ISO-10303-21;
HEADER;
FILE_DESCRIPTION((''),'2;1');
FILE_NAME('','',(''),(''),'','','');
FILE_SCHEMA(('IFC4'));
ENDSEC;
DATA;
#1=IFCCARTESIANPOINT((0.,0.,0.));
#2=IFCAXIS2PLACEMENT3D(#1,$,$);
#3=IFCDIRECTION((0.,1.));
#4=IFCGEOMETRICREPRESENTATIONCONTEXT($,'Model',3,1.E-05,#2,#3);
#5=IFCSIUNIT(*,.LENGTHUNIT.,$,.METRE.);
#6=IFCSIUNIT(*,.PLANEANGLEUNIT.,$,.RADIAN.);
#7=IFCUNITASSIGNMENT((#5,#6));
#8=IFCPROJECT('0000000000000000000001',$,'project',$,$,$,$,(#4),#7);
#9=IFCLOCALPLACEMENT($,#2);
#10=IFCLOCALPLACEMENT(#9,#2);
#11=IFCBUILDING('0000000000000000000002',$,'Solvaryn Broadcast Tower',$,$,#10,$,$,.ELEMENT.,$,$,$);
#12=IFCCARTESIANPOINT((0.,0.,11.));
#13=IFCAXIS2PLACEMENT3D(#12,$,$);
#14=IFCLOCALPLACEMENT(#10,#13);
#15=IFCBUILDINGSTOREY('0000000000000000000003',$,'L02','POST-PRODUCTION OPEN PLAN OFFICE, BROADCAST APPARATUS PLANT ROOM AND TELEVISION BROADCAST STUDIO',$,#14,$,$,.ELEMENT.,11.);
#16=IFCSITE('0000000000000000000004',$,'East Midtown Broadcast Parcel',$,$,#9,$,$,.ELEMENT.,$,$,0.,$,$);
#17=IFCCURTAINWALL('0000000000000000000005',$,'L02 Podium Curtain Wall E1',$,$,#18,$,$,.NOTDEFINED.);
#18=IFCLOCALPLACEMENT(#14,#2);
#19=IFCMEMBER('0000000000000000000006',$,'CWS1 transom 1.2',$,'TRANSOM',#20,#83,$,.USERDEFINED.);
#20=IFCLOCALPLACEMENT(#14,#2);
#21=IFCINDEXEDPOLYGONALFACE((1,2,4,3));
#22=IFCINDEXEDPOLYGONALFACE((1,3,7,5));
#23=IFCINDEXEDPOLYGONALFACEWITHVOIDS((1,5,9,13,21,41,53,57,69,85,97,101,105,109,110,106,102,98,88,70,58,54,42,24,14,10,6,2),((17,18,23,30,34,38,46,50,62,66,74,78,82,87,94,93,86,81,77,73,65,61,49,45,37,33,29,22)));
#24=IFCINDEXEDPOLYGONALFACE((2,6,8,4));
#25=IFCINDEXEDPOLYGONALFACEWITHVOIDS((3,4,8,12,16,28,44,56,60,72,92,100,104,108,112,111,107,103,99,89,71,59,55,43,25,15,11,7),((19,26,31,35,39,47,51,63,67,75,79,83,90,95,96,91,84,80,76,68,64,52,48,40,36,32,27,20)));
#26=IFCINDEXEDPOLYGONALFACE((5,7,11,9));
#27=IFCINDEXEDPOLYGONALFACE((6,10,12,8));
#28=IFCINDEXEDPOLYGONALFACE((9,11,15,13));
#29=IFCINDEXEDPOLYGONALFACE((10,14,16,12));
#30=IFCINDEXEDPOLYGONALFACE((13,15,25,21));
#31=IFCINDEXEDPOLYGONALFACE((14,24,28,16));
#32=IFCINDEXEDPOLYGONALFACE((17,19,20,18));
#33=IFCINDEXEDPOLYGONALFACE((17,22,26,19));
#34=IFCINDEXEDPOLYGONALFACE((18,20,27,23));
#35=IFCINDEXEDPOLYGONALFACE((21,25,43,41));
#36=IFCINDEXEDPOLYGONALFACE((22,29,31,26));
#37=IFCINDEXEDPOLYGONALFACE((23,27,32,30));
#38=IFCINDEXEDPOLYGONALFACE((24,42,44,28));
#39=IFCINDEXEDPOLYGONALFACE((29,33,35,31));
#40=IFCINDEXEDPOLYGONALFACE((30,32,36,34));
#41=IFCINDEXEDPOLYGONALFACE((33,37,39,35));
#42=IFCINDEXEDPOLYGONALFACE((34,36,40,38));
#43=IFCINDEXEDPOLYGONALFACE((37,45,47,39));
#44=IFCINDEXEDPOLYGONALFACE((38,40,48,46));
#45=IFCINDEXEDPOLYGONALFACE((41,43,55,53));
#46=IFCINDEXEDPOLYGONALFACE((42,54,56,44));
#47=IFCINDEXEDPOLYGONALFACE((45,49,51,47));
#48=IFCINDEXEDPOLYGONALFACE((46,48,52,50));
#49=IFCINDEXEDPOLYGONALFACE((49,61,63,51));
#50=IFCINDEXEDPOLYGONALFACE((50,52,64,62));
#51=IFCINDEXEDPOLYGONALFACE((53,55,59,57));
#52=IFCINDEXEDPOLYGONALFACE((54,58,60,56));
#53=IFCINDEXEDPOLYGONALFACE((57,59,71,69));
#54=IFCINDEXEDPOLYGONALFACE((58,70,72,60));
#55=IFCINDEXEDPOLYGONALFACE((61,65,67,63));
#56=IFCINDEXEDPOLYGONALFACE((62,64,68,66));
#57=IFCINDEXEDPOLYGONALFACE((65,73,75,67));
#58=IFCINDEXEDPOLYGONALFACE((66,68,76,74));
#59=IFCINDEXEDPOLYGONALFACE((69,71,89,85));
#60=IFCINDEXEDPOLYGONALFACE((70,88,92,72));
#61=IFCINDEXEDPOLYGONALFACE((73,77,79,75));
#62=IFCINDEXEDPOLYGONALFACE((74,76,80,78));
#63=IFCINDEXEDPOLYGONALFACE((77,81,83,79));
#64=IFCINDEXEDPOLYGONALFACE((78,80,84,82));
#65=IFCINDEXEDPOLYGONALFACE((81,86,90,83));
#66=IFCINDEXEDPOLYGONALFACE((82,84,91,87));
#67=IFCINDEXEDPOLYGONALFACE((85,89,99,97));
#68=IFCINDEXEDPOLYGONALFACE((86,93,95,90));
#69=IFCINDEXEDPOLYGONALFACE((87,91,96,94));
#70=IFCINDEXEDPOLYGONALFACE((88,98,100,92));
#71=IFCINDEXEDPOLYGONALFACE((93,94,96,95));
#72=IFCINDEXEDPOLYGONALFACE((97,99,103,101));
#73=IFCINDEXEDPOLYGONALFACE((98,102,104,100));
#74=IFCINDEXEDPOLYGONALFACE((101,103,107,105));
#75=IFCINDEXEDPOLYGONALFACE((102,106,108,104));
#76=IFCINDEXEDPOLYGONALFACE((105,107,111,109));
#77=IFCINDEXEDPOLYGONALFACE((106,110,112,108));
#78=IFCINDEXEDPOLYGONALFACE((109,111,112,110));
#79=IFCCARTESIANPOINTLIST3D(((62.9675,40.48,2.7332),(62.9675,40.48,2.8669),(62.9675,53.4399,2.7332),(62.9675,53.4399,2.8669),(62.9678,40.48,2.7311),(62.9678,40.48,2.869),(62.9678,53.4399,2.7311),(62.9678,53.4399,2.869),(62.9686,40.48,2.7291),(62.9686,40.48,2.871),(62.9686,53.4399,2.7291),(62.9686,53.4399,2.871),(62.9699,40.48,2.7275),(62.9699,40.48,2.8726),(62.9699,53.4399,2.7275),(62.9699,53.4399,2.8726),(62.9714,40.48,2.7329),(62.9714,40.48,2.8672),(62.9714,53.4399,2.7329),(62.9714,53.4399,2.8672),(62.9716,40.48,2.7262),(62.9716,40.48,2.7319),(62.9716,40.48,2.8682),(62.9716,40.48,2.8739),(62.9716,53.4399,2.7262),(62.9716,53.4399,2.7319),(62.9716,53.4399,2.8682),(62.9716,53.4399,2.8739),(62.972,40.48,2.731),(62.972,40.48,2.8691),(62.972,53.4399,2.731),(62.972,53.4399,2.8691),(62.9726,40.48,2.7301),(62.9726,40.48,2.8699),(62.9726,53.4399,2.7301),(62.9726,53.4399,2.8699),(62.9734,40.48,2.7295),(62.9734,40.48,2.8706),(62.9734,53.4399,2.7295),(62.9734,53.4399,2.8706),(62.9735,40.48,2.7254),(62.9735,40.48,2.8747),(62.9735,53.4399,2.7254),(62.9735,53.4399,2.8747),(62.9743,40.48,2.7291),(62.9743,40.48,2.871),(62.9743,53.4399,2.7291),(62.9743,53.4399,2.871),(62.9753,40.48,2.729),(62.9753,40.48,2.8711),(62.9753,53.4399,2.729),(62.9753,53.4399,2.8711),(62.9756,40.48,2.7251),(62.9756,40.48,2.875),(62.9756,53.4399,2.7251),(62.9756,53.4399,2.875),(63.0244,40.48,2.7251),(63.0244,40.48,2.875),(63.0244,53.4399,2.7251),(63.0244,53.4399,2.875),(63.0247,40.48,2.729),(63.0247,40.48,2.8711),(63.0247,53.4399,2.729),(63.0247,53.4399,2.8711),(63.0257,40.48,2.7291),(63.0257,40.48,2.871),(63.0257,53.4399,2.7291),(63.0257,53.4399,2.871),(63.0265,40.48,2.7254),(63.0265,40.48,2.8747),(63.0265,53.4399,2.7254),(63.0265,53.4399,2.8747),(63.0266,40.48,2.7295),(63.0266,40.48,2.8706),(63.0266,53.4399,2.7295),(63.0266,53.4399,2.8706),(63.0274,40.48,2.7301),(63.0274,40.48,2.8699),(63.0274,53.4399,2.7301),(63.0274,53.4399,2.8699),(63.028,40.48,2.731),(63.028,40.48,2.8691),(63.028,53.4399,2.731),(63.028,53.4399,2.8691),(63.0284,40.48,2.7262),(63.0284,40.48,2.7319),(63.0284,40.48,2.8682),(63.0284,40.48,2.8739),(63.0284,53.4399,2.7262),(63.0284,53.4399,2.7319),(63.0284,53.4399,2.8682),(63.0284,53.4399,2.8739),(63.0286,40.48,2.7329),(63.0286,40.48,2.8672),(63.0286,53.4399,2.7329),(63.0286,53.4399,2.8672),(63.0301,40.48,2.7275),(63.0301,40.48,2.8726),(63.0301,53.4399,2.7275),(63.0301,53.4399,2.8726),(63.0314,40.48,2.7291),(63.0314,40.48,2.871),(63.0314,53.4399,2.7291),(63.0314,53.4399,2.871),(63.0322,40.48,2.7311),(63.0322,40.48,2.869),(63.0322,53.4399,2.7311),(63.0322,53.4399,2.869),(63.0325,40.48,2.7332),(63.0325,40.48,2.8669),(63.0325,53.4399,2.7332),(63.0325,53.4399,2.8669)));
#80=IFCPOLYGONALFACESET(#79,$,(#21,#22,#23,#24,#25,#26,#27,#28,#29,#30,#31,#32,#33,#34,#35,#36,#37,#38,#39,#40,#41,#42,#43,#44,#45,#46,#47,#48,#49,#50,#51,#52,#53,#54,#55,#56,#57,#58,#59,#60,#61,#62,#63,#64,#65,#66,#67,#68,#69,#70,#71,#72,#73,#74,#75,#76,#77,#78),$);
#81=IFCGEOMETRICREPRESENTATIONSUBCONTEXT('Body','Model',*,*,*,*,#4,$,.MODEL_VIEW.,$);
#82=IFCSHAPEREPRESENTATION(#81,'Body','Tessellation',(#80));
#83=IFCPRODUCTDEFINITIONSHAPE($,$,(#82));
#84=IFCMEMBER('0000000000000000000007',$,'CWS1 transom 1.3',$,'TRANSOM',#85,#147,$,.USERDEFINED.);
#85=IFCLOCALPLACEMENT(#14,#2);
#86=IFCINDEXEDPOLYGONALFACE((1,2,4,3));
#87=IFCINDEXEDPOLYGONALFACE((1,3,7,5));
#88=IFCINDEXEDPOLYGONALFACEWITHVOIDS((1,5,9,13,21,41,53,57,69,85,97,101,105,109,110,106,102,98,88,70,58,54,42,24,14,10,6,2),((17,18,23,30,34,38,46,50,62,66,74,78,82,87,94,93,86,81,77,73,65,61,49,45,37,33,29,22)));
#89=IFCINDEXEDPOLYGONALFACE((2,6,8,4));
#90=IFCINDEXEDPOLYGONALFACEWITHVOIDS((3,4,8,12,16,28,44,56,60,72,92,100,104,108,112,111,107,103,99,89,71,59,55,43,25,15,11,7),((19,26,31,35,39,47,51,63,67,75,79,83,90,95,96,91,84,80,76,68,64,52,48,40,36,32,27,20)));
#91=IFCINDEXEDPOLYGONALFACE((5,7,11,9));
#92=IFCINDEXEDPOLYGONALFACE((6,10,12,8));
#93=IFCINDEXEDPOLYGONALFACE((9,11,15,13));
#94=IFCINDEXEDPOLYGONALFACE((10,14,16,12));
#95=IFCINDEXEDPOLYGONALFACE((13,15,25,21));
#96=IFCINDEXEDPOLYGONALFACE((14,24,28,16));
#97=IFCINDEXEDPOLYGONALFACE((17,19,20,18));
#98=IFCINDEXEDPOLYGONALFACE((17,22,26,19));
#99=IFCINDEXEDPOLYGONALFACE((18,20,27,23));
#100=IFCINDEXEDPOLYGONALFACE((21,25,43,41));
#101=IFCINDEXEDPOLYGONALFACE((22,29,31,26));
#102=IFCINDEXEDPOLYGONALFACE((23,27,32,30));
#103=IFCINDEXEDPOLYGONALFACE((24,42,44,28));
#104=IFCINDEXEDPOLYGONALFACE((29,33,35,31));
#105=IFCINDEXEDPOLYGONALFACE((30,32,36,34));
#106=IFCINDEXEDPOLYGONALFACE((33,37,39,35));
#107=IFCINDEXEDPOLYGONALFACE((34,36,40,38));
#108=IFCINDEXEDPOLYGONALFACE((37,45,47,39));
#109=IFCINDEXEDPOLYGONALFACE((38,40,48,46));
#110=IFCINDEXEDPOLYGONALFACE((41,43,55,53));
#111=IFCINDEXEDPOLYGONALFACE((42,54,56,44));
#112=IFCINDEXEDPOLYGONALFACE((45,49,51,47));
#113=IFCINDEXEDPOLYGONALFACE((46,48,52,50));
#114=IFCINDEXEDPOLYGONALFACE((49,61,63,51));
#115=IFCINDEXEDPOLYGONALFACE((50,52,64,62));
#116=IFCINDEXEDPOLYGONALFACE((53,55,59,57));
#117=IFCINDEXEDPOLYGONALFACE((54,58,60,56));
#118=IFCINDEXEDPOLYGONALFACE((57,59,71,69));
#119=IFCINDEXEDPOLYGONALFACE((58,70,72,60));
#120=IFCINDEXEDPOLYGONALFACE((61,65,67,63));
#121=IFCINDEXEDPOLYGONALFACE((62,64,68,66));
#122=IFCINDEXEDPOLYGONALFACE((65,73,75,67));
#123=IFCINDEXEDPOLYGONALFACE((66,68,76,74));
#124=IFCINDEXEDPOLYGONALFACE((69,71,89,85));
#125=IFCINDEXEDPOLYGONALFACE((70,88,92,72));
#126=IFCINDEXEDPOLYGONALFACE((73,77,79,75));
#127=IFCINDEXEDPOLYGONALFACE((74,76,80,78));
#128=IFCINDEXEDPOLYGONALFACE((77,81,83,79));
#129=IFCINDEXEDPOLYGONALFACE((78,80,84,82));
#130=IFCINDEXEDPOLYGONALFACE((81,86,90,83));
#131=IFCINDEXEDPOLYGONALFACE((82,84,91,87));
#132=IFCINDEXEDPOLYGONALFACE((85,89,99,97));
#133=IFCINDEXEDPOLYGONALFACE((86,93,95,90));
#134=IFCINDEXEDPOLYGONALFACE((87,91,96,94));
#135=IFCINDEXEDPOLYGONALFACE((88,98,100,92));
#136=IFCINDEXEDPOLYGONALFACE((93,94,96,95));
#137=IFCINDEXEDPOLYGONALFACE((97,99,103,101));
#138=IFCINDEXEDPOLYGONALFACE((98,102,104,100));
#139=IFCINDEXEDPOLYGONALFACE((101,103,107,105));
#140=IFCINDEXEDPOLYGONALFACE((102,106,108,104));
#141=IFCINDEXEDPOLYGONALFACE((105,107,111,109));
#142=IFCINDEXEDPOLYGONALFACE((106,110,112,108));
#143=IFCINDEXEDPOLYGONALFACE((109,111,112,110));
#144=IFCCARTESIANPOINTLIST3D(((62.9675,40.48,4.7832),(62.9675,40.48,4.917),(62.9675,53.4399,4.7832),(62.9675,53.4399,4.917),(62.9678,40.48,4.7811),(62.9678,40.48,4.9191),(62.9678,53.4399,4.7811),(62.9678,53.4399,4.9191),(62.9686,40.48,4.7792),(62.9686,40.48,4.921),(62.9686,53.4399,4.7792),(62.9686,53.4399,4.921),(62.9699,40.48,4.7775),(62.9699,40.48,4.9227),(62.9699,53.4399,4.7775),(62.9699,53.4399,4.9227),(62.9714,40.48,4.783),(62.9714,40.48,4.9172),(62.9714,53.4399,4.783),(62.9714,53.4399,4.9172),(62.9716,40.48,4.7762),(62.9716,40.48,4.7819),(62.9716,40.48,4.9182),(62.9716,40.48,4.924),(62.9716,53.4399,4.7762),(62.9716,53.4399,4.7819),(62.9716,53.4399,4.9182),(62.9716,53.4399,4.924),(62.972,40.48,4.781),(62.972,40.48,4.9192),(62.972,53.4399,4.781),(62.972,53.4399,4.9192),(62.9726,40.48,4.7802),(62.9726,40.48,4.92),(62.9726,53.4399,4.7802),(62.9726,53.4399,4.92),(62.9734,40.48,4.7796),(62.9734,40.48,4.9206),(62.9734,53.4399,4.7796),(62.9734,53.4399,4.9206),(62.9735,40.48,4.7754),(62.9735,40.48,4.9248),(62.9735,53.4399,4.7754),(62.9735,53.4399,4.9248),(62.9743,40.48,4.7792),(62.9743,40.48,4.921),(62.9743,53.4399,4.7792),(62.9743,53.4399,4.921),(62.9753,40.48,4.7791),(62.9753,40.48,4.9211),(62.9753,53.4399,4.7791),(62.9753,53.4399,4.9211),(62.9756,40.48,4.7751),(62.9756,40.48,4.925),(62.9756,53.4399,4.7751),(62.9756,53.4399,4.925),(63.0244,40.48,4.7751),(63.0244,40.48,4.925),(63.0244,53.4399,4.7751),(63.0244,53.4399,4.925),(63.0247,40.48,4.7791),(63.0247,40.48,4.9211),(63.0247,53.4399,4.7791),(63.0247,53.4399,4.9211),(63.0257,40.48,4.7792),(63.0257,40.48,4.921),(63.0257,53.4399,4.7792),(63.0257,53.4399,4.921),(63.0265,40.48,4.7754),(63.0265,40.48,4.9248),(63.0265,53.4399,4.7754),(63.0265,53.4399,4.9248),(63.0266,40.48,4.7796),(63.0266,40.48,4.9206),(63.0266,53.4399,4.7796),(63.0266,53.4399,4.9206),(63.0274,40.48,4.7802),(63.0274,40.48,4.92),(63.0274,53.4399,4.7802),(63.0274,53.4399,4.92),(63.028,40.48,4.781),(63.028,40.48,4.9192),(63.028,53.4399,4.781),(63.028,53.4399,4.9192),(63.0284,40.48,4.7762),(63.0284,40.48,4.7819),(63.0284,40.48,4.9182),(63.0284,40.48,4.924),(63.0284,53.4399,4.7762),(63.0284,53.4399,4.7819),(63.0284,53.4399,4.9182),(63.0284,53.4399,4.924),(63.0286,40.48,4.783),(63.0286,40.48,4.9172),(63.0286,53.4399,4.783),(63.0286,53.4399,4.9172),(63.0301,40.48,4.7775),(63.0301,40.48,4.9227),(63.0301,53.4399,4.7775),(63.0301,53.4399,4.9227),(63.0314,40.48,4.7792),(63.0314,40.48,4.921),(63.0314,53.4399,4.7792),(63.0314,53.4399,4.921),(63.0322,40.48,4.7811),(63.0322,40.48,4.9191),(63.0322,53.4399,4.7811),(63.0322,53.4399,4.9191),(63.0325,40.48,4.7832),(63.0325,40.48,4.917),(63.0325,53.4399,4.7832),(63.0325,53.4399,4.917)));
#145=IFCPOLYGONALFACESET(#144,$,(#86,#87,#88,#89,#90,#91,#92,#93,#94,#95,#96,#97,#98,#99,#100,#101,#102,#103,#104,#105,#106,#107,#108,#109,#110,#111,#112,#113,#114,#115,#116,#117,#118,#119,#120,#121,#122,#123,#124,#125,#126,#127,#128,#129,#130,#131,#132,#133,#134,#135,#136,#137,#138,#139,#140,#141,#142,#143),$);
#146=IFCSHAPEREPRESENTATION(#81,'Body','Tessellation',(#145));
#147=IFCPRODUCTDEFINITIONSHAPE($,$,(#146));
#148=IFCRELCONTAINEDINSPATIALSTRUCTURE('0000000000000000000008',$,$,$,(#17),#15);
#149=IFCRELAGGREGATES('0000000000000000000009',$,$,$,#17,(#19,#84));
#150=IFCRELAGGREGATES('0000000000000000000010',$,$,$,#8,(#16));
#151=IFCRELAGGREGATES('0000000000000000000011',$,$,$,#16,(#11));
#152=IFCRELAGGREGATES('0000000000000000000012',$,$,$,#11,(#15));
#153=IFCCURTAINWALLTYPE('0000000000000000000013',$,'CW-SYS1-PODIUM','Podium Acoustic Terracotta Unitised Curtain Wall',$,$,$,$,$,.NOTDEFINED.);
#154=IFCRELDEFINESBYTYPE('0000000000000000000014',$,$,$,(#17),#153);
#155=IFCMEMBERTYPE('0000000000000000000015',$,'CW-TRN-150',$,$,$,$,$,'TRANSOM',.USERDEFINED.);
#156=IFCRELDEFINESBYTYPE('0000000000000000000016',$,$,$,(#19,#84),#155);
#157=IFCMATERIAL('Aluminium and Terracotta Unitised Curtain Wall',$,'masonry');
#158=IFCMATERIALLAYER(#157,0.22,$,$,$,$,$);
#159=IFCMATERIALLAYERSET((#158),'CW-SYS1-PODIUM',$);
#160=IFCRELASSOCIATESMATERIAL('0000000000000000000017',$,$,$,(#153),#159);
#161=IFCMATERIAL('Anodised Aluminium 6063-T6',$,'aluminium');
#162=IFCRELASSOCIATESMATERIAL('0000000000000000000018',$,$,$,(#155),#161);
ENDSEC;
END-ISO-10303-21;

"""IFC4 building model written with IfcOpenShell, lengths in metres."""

from ifc_helpers import new_model, si_unit, direction, frame, origin, origin_2d, place, context, subcontext, project, spatial, hollow_rectangle, extrude, material, layer, layer_set, material_profile, profile_set, type_object, element, aggregate, save


model = new_model("IFC4")

# Units and contexts
model_context = context("Model", 3, precision=1e-05, world=origin(), true_north=direction((0.0, 1.0)))
body_context = subcontext(model_context, "Body", "Model", "MODEL_VIEW")
ifc_project = project(units=[si_unit("LENGTHUNIT", "METRE"), si_unit("PLANEANGLEUNIT", "RADIAN")], contexts=[model_context])

# Site, building, storey
site_placement = place(None, origin())
site = spatial("IfcSite", under=ifc_project, at=site_placement, Name="East Midtown Broadcast Parcel", CompositionType="ELEMENT", RefElevation=0.0)
building_placement = place(site_placement, origin())
building = spatial("IfcBuilding", under=site, at=building_placement, Name="Solvaryn Broadcast Tower", CompositionType="ELEMENT")
storey_placement = place(building_placement, frame((0.0, 0.0, 11.0)))
storey = spatial("IfcBuildingStorey", under=building, at=storey_placement, Name="L02", Description="POST-PRODUCTION OPEN PLAN OFFICE, BROADCAST APPARATUS PLANT ROOM AND TELEVISION BROADCAST STUDIO", CompositionType="ELEMENT", Elevation=11.0)

# Shared definitions
ifc_material_1 = material(Name="Aluminium and Terracotta Unitised Curtain Wall", Category="masonry")
ifc_layer_1 = layer(ifc_material_1, 0.22)
ifc_layer_set_1 = layer_set([ifc_layer_1], Name="CW-SYS1-PODIUM")
curtain_wall_type = type_object("IfcCurtainWallType", Name="CW-SYS1-PODIUM", Description="Podium Acoustic Terracotta Unitised Curtain Wall", PredefinedType="NOTDEFINED", material=ifc_layer_set_1)

# Curtain wall, members
curtain_wall_1_placement = place(storey_placement, origin())
curtain_wall_1 = element("IfcCurtainWall", 1, at=curtain_wall_1_placement, inside=storey, type_object=curtain_wall_type, Name="L02 Podium Curtain Wall E1", PredefinedType="NOTDEFINED")
ifc_material_2 = material(Name="Anodised Aluminium 6063-T6", Category="aluminium")
ifc_material_profile_1 = material_profile(ifc_material_2, hollow_rectangle(XDim=0.0649, YDim=0.1499, WallThickness=0.0039, InnerFilletRadius=0.0039, OuterFilletRadius=0.0081, at=origin_2d()))
ifc_profile_set_1 = profile_set([ifc_material_profile_1], Name="Anodised Aluminium 6063-T6")
member_type_1 = type_object("IfcMemberType", Name="CW-TRN-150", ElementType="TRANSOM", PredefinedType="USERDEFINED", material=ifc_profile_set_1)
member_1_placement = place(storey_placement, frame((63.0, 53.4399, 2.8), z_axis=(0.0, -1.0, 0.0), x_axis=(1.0, 0.0, 0.0)))
member_1 = element("IfcMember", 2, at=member_1_placement, type_object=member_type_1, Name="CWS1 transom 1.2", ObjectType="TRANSOM", PredefinedType="USERDEFINED", context=body_context, shape_type="SweptSolid", body=[
    extrude(hollow_rectangle(XDim=0.0649, YDim=0.1499, WallThickness=0.0039, InnerFilletRadius=0.0039, OuterFilletRadius=0.0081, at=origin_2d()), origin(), (0.0, 0.0, 1.0), 12.96),
])
member_2_placement = place(storey_placement, frame((63.0, 53.4399, 4.8501), z_axis=(0.0, -1.0, 0.0), x_axis=(1.0, 0.0, 0.0)))
member_2 = element("IfcMember", 3, at=member_2_placement, type_object=member_type_1, Name="CWS1 transom 1.3", ObjectType="TRANSOM", PredefinedType="USERDEFINED", context=body_context, shape_type="SweptSolid", body=[
    extrude(hollow_rectangle(XDim=0.0649, YDim=0.1499, WallThickness=0.0039, InnerFilletRadius=0.0039, OuterFilletRadius=0.0081, at=origin_2d()), origin(), (0.0, 0.0, 1.0), 12.96),
])

aggregate(curtain_wall_1, [member_1, member_2])

save(model, "model.ifc")
